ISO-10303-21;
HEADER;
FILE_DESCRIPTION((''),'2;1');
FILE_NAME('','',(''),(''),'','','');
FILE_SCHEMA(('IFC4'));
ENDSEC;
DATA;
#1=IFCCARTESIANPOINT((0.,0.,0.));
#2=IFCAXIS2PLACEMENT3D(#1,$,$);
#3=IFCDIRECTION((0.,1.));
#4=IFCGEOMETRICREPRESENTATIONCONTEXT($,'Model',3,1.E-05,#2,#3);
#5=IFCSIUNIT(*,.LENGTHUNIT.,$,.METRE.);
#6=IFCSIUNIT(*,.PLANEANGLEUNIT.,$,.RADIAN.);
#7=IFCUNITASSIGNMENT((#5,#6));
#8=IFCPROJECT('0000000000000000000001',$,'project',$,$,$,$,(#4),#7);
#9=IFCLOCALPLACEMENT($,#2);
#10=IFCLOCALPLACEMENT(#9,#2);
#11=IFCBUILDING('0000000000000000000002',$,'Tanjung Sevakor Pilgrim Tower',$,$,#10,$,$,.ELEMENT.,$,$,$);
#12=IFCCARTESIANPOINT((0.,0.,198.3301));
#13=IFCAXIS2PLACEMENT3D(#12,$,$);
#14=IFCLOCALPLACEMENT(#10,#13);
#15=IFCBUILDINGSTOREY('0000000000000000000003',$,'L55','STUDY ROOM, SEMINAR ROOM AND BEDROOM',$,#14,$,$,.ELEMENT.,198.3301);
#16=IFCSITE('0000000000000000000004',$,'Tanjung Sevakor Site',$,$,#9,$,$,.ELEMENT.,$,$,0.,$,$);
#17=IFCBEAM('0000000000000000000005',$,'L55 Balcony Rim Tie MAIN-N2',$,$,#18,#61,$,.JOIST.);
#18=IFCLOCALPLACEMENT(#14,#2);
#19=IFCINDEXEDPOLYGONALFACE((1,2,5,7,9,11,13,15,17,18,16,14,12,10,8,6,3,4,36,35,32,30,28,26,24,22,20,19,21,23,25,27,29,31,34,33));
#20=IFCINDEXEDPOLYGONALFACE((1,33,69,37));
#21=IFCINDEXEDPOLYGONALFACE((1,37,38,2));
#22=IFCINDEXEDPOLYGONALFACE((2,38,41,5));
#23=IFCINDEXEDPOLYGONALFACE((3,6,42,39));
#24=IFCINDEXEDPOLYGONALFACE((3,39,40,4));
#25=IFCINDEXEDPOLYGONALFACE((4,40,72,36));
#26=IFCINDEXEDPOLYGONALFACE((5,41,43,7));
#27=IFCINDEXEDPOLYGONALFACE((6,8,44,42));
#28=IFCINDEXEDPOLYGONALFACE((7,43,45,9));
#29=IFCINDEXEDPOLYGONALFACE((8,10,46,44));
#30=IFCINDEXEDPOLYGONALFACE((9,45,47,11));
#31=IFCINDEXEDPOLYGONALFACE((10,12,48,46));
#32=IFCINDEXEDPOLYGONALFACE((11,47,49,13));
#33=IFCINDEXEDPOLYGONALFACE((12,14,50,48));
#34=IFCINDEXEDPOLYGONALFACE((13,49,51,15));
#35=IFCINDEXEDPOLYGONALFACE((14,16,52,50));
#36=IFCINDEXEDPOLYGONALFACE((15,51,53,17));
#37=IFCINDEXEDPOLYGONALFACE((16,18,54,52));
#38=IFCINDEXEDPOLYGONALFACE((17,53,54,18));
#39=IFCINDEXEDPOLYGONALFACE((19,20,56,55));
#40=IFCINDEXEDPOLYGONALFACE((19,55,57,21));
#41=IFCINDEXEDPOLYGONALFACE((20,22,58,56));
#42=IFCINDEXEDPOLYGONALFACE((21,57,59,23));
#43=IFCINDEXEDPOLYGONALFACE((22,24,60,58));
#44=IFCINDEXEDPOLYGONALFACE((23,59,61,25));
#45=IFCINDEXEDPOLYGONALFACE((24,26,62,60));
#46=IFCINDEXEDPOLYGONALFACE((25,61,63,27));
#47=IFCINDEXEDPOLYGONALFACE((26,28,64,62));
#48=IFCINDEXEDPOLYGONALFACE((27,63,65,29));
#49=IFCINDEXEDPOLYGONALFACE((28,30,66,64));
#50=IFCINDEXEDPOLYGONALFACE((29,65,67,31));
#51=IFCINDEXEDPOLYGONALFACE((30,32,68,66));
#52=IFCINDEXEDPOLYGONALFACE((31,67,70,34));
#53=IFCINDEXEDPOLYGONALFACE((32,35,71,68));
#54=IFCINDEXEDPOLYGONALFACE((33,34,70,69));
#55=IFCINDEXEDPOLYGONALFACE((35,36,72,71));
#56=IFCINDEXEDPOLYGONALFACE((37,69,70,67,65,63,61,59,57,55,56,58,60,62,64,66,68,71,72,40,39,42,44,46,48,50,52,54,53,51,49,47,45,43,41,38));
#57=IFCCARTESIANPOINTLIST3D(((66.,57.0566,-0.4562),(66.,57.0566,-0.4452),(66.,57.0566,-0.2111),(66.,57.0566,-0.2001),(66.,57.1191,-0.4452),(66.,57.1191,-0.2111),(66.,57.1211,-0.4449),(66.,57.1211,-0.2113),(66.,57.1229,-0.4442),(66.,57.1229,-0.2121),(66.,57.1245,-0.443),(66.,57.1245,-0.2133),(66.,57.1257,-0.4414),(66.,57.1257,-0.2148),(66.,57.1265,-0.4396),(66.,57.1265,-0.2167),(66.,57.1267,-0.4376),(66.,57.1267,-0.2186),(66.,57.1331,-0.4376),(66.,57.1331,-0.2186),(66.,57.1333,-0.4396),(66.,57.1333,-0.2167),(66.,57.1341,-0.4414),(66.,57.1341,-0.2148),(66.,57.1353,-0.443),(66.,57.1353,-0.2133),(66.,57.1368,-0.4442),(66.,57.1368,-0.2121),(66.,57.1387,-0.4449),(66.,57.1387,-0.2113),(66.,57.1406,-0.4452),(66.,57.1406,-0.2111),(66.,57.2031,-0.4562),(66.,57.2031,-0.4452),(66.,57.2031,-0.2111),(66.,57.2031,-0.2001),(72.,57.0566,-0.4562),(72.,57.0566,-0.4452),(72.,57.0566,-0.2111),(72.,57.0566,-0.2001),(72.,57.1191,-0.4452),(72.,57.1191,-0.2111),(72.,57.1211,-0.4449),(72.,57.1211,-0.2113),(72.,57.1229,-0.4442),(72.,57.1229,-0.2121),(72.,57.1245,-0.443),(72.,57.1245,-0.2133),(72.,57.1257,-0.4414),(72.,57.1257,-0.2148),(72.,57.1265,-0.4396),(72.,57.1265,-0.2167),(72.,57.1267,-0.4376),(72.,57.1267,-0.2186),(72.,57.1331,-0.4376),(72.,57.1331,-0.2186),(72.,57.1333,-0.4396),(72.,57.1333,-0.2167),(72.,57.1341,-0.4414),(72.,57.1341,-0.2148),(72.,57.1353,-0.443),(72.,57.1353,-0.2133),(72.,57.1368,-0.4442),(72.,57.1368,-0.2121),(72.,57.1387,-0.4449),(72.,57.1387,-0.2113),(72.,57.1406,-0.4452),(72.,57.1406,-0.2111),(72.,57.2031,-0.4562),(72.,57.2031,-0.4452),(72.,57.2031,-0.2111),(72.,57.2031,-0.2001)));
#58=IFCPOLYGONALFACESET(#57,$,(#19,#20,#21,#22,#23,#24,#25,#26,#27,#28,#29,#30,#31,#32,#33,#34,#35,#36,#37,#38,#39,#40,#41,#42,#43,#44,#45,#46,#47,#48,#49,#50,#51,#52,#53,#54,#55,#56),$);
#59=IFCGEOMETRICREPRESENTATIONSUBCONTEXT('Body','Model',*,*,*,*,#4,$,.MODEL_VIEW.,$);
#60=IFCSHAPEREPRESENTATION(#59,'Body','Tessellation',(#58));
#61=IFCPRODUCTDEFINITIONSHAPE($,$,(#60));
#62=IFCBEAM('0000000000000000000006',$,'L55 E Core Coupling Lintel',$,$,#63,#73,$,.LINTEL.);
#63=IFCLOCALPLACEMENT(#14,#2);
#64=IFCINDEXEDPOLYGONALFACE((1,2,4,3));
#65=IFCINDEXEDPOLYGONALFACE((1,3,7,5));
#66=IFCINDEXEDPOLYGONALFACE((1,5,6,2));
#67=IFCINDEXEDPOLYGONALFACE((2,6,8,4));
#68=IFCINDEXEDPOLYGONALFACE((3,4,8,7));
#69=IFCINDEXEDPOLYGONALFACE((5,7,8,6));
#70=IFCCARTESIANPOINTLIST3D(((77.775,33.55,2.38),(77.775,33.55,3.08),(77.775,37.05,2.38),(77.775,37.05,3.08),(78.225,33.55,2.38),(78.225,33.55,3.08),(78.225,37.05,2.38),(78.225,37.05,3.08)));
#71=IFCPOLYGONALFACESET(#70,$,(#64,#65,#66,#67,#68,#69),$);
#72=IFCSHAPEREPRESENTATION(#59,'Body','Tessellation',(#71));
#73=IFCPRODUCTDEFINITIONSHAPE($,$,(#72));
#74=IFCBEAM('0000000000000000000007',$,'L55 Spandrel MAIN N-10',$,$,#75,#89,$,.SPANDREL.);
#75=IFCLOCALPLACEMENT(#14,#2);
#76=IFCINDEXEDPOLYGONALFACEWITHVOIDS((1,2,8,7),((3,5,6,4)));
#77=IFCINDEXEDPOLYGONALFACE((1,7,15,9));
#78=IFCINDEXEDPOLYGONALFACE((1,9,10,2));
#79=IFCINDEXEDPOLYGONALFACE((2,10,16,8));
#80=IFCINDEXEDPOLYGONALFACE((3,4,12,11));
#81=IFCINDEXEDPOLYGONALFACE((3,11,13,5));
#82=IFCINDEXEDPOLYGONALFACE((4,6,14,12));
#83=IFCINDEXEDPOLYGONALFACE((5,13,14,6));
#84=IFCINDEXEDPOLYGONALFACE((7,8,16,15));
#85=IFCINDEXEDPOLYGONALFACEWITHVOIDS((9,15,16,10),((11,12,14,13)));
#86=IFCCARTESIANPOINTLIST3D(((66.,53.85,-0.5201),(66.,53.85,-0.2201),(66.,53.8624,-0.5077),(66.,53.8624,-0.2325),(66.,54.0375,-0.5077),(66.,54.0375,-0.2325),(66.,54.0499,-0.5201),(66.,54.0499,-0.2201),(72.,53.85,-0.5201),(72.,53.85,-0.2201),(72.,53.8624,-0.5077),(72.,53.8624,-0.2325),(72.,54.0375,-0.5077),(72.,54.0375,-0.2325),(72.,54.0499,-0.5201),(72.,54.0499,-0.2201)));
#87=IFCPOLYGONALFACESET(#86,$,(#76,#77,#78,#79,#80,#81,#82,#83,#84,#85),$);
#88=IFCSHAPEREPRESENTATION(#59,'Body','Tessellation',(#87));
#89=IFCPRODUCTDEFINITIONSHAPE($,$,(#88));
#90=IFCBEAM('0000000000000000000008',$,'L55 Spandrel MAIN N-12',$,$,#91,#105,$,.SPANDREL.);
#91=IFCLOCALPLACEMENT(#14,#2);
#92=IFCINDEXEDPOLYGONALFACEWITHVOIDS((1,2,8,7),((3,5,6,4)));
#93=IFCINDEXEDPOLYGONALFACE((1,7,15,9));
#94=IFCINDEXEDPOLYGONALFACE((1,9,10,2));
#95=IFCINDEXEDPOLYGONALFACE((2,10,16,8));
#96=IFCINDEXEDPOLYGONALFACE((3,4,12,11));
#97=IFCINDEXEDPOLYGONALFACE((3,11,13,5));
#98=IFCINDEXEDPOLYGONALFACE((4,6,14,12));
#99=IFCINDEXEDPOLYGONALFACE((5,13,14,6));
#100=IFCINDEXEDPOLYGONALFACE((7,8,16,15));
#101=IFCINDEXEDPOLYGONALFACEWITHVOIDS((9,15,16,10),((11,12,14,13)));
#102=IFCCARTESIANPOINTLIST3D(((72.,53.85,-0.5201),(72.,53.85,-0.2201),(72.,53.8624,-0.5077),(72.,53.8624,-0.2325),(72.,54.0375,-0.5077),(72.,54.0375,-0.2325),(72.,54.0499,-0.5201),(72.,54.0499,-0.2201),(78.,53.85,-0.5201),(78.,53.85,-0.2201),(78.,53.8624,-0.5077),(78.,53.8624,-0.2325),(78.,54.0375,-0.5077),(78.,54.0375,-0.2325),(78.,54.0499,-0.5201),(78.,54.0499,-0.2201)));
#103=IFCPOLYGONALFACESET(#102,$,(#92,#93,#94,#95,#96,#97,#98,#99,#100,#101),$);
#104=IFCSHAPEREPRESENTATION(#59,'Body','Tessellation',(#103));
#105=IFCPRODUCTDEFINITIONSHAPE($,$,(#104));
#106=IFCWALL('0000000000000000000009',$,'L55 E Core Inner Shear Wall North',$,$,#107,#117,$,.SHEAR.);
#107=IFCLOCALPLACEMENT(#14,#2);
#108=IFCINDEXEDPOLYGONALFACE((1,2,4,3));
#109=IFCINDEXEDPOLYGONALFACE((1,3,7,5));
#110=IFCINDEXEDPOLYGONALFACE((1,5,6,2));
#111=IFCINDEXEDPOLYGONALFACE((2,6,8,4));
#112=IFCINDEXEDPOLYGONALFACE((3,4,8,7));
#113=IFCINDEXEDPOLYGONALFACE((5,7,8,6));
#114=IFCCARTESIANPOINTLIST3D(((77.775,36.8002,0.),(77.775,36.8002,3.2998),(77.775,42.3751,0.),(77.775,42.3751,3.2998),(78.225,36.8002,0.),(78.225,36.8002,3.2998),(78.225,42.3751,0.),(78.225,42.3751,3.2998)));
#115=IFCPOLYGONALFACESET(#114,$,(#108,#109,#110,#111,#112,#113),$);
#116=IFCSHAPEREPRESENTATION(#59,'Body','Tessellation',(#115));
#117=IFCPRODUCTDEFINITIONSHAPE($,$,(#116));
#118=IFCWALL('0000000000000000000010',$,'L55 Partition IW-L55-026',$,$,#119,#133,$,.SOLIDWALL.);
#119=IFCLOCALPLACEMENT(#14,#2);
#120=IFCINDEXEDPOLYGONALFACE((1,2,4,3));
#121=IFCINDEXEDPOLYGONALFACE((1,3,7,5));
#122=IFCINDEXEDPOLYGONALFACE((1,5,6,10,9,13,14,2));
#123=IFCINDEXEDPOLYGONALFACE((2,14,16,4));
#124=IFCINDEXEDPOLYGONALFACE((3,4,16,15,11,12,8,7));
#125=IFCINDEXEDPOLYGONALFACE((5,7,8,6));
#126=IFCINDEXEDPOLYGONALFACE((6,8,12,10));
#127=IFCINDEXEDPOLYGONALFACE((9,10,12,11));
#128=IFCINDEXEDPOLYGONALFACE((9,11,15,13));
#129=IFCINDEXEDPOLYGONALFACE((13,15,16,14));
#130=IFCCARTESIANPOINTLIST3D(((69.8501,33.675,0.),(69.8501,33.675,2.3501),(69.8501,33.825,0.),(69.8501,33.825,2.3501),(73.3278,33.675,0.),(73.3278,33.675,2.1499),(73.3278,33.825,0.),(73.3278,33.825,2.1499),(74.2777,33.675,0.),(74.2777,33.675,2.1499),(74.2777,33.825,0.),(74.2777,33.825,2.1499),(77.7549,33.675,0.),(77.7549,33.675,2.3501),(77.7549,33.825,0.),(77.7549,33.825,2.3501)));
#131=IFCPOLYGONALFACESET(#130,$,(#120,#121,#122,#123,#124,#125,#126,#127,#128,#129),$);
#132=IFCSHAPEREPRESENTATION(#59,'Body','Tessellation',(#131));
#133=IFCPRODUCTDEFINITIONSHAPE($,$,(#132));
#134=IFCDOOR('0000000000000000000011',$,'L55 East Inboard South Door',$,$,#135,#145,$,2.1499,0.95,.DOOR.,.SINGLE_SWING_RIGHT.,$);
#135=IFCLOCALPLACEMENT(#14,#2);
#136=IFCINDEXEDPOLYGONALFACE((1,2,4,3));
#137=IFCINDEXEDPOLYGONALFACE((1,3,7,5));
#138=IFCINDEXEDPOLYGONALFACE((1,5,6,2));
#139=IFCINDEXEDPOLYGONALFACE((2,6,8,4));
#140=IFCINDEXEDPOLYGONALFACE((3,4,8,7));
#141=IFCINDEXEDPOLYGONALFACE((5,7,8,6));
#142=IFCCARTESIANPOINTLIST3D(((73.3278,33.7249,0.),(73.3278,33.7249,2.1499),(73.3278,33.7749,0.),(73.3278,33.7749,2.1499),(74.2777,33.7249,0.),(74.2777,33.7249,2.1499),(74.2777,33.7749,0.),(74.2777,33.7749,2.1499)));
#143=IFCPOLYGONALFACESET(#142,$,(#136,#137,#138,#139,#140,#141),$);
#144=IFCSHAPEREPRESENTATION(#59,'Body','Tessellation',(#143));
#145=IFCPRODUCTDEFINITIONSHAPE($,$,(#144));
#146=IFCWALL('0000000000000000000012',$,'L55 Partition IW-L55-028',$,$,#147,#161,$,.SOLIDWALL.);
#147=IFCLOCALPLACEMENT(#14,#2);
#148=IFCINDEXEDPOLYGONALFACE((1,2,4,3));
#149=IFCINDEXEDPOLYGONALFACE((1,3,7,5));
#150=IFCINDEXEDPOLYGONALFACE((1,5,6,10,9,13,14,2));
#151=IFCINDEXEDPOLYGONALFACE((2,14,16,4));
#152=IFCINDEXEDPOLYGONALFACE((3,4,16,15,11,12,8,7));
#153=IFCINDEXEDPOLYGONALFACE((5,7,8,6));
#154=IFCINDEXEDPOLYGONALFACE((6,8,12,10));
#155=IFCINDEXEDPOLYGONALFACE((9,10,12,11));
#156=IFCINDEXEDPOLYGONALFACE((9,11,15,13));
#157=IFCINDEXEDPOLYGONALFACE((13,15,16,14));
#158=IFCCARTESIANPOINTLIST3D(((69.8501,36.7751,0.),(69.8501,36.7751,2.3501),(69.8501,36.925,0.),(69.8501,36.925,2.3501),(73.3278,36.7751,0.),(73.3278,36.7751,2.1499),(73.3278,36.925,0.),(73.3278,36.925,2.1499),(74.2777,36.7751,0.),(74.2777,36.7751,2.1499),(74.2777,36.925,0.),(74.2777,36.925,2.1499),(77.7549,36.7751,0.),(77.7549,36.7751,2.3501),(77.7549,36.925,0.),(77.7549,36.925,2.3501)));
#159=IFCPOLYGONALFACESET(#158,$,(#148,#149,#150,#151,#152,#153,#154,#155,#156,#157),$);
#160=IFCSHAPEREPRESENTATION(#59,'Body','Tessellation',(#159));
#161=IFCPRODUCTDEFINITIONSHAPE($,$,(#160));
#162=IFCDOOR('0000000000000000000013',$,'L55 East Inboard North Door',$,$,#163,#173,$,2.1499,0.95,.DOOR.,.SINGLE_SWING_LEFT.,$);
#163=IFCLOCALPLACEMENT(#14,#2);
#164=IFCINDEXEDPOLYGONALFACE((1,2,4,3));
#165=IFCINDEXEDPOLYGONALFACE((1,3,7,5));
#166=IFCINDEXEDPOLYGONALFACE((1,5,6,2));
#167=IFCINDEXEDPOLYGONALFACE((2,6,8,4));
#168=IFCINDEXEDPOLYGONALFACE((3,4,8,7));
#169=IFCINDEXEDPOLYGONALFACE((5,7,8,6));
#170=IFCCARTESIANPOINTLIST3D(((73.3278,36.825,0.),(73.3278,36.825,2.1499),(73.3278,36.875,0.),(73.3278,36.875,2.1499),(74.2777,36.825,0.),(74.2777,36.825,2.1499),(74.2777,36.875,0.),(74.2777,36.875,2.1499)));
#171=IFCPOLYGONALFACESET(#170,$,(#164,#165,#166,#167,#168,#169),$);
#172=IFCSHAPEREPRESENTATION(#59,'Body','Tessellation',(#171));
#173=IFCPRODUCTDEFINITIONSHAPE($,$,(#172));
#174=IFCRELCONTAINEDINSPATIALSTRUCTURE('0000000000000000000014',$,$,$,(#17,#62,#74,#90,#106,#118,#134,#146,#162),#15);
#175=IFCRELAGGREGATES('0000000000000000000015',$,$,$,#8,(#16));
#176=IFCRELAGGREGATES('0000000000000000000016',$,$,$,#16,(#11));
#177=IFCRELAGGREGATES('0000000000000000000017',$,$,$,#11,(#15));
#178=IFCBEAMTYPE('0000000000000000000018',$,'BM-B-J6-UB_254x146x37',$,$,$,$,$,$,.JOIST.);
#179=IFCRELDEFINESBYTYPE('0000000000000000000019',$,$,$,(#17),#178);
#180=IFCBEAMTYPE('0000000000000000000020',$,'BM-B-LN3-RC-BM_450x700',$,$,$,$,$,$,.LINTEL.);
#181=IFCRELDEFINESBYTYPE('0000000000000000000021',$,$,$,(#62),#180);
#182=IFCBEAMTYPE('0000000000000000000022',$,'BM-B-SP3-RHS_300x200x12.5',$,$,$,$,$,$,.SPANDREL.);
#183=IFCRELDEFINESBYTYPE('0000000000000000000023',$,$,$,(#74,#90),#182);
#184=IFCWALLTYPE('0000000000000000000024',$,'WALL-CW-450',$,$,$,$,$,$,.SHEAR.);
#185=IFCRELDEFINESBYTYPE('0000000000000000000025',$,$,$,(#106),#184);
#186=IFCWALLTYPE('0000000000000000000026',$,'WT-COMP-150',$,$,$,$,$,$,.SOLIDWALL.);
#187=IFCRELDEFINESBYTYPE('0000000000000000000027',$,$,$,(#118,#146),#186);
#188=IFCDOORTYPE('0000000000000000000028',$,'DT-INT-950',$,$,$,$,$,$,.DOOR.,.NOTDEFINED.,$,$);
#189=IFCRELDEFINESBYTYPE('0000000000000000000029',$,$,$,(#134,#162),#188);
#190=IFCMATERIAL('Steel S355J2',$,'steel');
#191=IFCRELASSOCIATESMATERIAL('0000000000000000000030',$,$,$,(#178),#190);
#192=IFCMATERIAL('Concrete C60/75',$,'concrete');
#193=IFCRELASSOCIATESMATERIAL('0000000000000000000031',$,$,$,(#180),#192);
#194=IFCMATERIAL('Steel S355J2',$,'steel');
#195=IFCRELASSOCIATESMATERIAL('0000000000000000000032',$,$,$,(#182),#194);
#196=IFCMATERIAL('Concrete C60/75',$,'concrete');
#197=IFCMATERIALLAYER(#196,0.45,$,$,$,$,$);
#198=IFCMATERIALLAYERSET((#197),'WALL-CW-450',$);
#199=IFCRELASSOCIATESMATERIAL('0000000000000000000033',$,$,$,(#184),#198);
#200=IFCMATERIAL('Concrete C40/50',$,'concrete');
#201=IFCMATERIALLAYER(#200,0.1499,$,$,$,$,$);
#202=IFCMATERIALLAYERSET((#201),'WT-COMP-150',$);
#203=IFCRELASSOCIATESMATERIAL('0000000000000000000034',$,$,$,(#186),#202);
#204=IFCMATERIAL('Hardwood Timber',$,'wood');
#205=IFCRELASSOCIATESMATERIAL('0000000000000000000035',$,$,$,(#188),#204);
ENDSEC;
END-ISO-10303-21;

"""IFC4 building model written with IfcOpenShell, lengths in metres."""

from ifc_helpers import new_model, si_unit, direction, frame, frame_2d, origin, origin_2d, place, context, subcontext, project, spatial, rectangle, hollow_rectangle, i_section, extrude, material, layer, layer_set, material_profile, profile_set, type_object, element, fill, save


model = new_model("IFC4")

# Units and contexts
model_context = context("Model", 3, precision=1e-05, world=origin(), true_north=direction((0.0, 1.0)))
body_context = subcontext(model_context, "Body", "Model", "MODEL_VIEW")
ifc_project = project(units=[si_unit("LENGTHUNIT", "METRE"), si_unit("PLANEANGLEUNIT", "RADIAN")], contexts=[model_context])

# Site, building, storey
site_placement = place(None, origin())
site = spatial("IfcSite", under=ifc_project, at=site_placement, Name="Tanjung Sevakor Site", CompositionType="ELEMENT", RefElevation=0.0)
building_placement = place(site_placement, origin())
building = spatial("IfcBuilding", under=site, at=building_placement, Name="Tanjung Sevakor Pilgrim Tower", CompositionType="ELEMENT")
storey_placement = place(building_placement, frame((0.0, 0.0, 198.3301)))
storey = spatial("IfcBuildingStorey", under=building, at=storey_placement, Name="L55", Description="STUDY ROOM, SEMINAR ROOM AND BEDROOM", CompositionType="ELEMENT", Elevation=198.3301)

# Beams
ifc_material_1 = material(Name="Steel S355J2", Category="steel")
ifc_material_profile_1 = material_profile(ifc_material_1, i_section(OverallWidth=0.1465, OverallDepth=0.2561, WebThickness=0.0063, FlangeThickness=0.011, FilletRadius=0.0076, at=origin_2d()))
ifc_profile_set_1 = profile_set([ifc_material_profile_1], Name="Steel S355J2")
beam_type_1 = type_object("IfcBeamType", Name="BM-B-J6-UB_254x146x37", PredefinedType="JOIST", material=ifc_profile_set_1)
beam_1_placement = place(storey_placement, frame((66.0, 57.1299, -0.3281), z_axis=(1.0, 0.0, 0.0), x_axis=(0.0, 1.0, 0.0)))
element("IfcBeam", 1, at=beam_1_placement, inside=storey, type_object=beam_type_1, Name="L55 Balcony Rim Tie MAIN-N2", PredefinedType="JOIST", context=body_context, shape_type="SweptSolid", body=[
    extrude(i_section(OverallWidth=0.1465, OverallDepth=0.2561, WebThickness=0.0063, FlangeThickness=0.011, FilletRadius=0.0076, at=origin_2d()), origin(), (0.0, 0.0, 1.0), 6.0),
])
ifc_material_2 = material(Name="Concrete C60/75", Category="concrete")
ifc_material_profile_2 = material_profile(ifc_material_2, rectangle(XDim=0.45, YDim=0.7, at=origin_2d()))
ifc_profile_set_2 = profile_set([ifc_material_profile_2], Name="Concrete C60/75")
beam_type_2 = type_object("IfcBeamType", Name="BM-B-LN3-RC-BM_450x700", PredefinedType="LINTEL", material=ifc_profile_set_2)
beam_2_placement = place(storey_placement, frame((78.0, 33.55, 2.73), z_axis=(0.0, 1.0, 0.0), x_axis=(-1.0, 0.0, 0.0)))
element("IfcBeam", 2, at=beam_2_placement, inside=storey, type_object=beam_type_2, Name="L55 E Core Coupling Lintel", PredefinedType="LINTEL", context=body_context, shape_type="SweptSolid", body=[
    extrude(rectangle(XDim=0.45, YDim=0.7, at=origin_2d()), origin(), (0.0, 0.0, 1.0), 3.5),
])
ifc_material_3 = material(Name="Steel S355J2", Category="steel")
ifc_material_profile_3 = material_profile(ifc_material_3, hollow_rectangle(XDim=0.2, YDim=0.3, WallThickness=0.0125, at=origin_2d()))
ifc_profile_set_3 = profile_set([ifc_material_profile_3], Name="Steel S355J2")
beam_type_3 = type_object("IfcBeamType", Name="BM-B-SP3-RHS_300x200x12.5", PredefinedType="SPANDREL", material=ifc_profile_set_3)
for number, where, z_axis, x_axis, name in (
    (3, (66.0, 53.95, -0.3701), (1.0, 0.0, 0.0), (0.0, 1.0, 0.0), "L55 Spandrel MAIN N-10"),
    (4, (72.0, 53.95, -0.3701), (1.0, 0.0, 0.0), (0.0, 1.0, 0.0), "L55 Spandrel MAIN N-12"),
):
    element("IfcBeam", number, at=place(storey_placement, frame(where, z_axis=z_axis, x_axis=x_axis)), inside=storey, type_object=beam_type_3, Name=name, PredefinedType="SPANDREL", context=body_context, shape_type="SweptSolid", body=[
        extrude(hollow_rectangle(XDim=0.2, YDim=0.3, WallThickness=0.0125, at=origin_2d()), origin(), (0.0, 0.0, 1.0), 6.0),
    ])

# Wall
ifc_material_4 = material(Name="Concrete C60/75", Category="concrete")
ifc_layer_1 = layer(ifc_material_4, 0.45)
ifc_layer_set_1 = layer_set([ifc_layer_1], Name="WALL-CW-450")
wall_type_1 = type_object("IfcWallType", Name="WALL-CW-450", PredefinedType="SHEAR", material=ifc_layer_set_1)
wall_1_placement = place(storey_placement, frame((78.0, 36.8, 0.0), z_axis=(0.0, 0.0, 1.0), x_axis=(0.0, 1.0, 0.0)))
element("IfcWall", 5, at=wall_1_placement, inside=storey, type_object=wall_type_1, Name="L55 E Core Inner Shear Wall North", PredefinedType="SHEAR", context=body_context, shape_type="SweptSolid", body=[
    extrude(rectangle(XDim=5.575, YDim=0.45, at=frame_2d((2.7876, 0.0))), origin(), (0.0, 0.0, 1.0), 3.2998),
])

# Walls, openings, doors
ifc_material_5 = material(Name="Concrete C40/50", Category="concrete")
ifc_layer_2 = layer(ifc_material_5, 0.1499)
ifc_layer_set_2 = layer_set([ifc_layer_2], Name="WT-COMP-150")
wall_type_2 = type_object("IfcWallType", Name="WT-COMP-150", PredefinedType="SOLIDWALL", material=ifc_layer_set_2)
wall_2_placement = place(storey_placement, frame((69.8501, 33.75, 0.0), z_axis=(0.0, 0.0, 1.0), x_axis=(1.0, 0.0, 0.0)))
wall_2 = element("IfcWall", 6, at=wall_2_placement, inside=storey, type_object=wall_type_2, Name="L55 Partition IW-L55-026", PredefinedType="SOLIDWALL", context=body_context, shape_type="SweptSolid", body=[
    extrude(rectangle(XDim=7.9048, YDim=0.1499, at=frame_2d((3.9524, 0.0))), origin(), (0.0, 0.0, 1.0), 2.3501),
])
opening_1_placement = place(wall_2_placement, frame((3.4775, 0.0, 0.0)))
opening_1 = element("IfcOpeningElement", 7, at=opening_1_placement, cuts=wall_2, PredefinedType="OPENING", context=body_context, shape_type="SweptSolid", body=[
    extrude(rectangle(XDim=0.95, YDim=2.1499, at=frame_2d((0.4751, 1.075))), frame((0.0, 0.085, 0.0), z_axis=(0.0, -1.0, 0.0), x_axis=(1.0, 0.0, 0.0)), (0.0, 0.0, 1.0), 0.1699),
])
ifc_material_6 = material(Name="Hardwood Timber", Category="wood")
door_type_1 = type_object("IfcDoorType", Name="DT-INT-950", OperationType="NOTDEFINED", PredefinedType="DOOR", material=ifc_material_6)
door_1_placement = place(opening_1_placement, origin())
door_1 = element("IfcDoor", 8, at=door_1_placement, inside=storey, type_object=door_type_1, Name="L55 East Inboard South Door", OperationType="SINGLE_SWING_RIGHT", OverallHeight=2.1499, OverallWidth=0.95, PredefinedType="DOOR", context=body_context, shape_type="SweptSolid", body=[
    extrude(rectangle(XDim=0.95, YDim=2.1499, at=frame_2d((0.4751, 1.075))), frame((0.0, 0.0249, 0.0), z_axis=(0.0, -1.0, 0.0), x_axis=(1.0, 0.0, 0.0)), (0.0, 0.0, 1.0), 0.05),
])
fill(opening_1, door_1)
wall_3_placement = place(storey_placement, frame((69.8501, 36.8501, 0.0), z_axis=(0.0, 0.0, 1.0), x_axis=(1.0, 0.0, 0.0)))
wall_3 = element("IfcWall", 9, at=wall_3_placement, inside=storey, type_object=wall_type_2, Name="L55 Partition IW-L55-028", PredefinedType="SOLIDWALL", context=body_context, shape_type="SweptSolid", body=[
    extrude(rectangle(XDim=7.9048, YDim=0.1499, at=frame_2d((3.9524, 0.0))), origin(), (0.0, 0.0, 1.0), 2.3501),
])
opening_2_placement = place(wall_3_placement, frame((3.4775, 0.0, 0.0)))
opening_2 = element("IfcOpeningElement", 10, at=opening_2_placement, cuts=wall_3, PredefinedType="OPENING", context=body_context, shape_type="SweptSolid", body=[
    extrude(rectangle(XDim=0.95, YDim=2.1499, at=frame_2d((0.4751, 1.075))), frame((0.0, 0.085, 0.0), z_axis=(0.0, -1.0, 0.0), x_axis=(1.0, 0.0, 0.0)), (0.0, 0.0, 1.0), 0.1699),
])
door_2_placement = place(opening_2_placement, origin())
door_2 = element("IfcDoor", 11, at=door_2_placement, inside=storey, type_object=door_type_1, Name="L55 East Inboard North Door", OperationType="SINGLE_SWING_LEFT", OverallHeight=2.1499, OverallWidth=0.95, PredefinedType="DOOR", context=body_context, shape_type="SweptSolid", body=[
    extrude(rectangle(XDim=0.95, YDim=2.1499, at=frame_2d((0.4751, 1.075))), frame((0.0, 0.0249, 0.0), z_axis=(0.0, -1.0, 0.0), x_axis=(1.0, 0.0, 0.0)), (0.0, 0.0, 1.0), 0.05),
])
fill(opening_2, door_2)

save(model, "model.ifc")
